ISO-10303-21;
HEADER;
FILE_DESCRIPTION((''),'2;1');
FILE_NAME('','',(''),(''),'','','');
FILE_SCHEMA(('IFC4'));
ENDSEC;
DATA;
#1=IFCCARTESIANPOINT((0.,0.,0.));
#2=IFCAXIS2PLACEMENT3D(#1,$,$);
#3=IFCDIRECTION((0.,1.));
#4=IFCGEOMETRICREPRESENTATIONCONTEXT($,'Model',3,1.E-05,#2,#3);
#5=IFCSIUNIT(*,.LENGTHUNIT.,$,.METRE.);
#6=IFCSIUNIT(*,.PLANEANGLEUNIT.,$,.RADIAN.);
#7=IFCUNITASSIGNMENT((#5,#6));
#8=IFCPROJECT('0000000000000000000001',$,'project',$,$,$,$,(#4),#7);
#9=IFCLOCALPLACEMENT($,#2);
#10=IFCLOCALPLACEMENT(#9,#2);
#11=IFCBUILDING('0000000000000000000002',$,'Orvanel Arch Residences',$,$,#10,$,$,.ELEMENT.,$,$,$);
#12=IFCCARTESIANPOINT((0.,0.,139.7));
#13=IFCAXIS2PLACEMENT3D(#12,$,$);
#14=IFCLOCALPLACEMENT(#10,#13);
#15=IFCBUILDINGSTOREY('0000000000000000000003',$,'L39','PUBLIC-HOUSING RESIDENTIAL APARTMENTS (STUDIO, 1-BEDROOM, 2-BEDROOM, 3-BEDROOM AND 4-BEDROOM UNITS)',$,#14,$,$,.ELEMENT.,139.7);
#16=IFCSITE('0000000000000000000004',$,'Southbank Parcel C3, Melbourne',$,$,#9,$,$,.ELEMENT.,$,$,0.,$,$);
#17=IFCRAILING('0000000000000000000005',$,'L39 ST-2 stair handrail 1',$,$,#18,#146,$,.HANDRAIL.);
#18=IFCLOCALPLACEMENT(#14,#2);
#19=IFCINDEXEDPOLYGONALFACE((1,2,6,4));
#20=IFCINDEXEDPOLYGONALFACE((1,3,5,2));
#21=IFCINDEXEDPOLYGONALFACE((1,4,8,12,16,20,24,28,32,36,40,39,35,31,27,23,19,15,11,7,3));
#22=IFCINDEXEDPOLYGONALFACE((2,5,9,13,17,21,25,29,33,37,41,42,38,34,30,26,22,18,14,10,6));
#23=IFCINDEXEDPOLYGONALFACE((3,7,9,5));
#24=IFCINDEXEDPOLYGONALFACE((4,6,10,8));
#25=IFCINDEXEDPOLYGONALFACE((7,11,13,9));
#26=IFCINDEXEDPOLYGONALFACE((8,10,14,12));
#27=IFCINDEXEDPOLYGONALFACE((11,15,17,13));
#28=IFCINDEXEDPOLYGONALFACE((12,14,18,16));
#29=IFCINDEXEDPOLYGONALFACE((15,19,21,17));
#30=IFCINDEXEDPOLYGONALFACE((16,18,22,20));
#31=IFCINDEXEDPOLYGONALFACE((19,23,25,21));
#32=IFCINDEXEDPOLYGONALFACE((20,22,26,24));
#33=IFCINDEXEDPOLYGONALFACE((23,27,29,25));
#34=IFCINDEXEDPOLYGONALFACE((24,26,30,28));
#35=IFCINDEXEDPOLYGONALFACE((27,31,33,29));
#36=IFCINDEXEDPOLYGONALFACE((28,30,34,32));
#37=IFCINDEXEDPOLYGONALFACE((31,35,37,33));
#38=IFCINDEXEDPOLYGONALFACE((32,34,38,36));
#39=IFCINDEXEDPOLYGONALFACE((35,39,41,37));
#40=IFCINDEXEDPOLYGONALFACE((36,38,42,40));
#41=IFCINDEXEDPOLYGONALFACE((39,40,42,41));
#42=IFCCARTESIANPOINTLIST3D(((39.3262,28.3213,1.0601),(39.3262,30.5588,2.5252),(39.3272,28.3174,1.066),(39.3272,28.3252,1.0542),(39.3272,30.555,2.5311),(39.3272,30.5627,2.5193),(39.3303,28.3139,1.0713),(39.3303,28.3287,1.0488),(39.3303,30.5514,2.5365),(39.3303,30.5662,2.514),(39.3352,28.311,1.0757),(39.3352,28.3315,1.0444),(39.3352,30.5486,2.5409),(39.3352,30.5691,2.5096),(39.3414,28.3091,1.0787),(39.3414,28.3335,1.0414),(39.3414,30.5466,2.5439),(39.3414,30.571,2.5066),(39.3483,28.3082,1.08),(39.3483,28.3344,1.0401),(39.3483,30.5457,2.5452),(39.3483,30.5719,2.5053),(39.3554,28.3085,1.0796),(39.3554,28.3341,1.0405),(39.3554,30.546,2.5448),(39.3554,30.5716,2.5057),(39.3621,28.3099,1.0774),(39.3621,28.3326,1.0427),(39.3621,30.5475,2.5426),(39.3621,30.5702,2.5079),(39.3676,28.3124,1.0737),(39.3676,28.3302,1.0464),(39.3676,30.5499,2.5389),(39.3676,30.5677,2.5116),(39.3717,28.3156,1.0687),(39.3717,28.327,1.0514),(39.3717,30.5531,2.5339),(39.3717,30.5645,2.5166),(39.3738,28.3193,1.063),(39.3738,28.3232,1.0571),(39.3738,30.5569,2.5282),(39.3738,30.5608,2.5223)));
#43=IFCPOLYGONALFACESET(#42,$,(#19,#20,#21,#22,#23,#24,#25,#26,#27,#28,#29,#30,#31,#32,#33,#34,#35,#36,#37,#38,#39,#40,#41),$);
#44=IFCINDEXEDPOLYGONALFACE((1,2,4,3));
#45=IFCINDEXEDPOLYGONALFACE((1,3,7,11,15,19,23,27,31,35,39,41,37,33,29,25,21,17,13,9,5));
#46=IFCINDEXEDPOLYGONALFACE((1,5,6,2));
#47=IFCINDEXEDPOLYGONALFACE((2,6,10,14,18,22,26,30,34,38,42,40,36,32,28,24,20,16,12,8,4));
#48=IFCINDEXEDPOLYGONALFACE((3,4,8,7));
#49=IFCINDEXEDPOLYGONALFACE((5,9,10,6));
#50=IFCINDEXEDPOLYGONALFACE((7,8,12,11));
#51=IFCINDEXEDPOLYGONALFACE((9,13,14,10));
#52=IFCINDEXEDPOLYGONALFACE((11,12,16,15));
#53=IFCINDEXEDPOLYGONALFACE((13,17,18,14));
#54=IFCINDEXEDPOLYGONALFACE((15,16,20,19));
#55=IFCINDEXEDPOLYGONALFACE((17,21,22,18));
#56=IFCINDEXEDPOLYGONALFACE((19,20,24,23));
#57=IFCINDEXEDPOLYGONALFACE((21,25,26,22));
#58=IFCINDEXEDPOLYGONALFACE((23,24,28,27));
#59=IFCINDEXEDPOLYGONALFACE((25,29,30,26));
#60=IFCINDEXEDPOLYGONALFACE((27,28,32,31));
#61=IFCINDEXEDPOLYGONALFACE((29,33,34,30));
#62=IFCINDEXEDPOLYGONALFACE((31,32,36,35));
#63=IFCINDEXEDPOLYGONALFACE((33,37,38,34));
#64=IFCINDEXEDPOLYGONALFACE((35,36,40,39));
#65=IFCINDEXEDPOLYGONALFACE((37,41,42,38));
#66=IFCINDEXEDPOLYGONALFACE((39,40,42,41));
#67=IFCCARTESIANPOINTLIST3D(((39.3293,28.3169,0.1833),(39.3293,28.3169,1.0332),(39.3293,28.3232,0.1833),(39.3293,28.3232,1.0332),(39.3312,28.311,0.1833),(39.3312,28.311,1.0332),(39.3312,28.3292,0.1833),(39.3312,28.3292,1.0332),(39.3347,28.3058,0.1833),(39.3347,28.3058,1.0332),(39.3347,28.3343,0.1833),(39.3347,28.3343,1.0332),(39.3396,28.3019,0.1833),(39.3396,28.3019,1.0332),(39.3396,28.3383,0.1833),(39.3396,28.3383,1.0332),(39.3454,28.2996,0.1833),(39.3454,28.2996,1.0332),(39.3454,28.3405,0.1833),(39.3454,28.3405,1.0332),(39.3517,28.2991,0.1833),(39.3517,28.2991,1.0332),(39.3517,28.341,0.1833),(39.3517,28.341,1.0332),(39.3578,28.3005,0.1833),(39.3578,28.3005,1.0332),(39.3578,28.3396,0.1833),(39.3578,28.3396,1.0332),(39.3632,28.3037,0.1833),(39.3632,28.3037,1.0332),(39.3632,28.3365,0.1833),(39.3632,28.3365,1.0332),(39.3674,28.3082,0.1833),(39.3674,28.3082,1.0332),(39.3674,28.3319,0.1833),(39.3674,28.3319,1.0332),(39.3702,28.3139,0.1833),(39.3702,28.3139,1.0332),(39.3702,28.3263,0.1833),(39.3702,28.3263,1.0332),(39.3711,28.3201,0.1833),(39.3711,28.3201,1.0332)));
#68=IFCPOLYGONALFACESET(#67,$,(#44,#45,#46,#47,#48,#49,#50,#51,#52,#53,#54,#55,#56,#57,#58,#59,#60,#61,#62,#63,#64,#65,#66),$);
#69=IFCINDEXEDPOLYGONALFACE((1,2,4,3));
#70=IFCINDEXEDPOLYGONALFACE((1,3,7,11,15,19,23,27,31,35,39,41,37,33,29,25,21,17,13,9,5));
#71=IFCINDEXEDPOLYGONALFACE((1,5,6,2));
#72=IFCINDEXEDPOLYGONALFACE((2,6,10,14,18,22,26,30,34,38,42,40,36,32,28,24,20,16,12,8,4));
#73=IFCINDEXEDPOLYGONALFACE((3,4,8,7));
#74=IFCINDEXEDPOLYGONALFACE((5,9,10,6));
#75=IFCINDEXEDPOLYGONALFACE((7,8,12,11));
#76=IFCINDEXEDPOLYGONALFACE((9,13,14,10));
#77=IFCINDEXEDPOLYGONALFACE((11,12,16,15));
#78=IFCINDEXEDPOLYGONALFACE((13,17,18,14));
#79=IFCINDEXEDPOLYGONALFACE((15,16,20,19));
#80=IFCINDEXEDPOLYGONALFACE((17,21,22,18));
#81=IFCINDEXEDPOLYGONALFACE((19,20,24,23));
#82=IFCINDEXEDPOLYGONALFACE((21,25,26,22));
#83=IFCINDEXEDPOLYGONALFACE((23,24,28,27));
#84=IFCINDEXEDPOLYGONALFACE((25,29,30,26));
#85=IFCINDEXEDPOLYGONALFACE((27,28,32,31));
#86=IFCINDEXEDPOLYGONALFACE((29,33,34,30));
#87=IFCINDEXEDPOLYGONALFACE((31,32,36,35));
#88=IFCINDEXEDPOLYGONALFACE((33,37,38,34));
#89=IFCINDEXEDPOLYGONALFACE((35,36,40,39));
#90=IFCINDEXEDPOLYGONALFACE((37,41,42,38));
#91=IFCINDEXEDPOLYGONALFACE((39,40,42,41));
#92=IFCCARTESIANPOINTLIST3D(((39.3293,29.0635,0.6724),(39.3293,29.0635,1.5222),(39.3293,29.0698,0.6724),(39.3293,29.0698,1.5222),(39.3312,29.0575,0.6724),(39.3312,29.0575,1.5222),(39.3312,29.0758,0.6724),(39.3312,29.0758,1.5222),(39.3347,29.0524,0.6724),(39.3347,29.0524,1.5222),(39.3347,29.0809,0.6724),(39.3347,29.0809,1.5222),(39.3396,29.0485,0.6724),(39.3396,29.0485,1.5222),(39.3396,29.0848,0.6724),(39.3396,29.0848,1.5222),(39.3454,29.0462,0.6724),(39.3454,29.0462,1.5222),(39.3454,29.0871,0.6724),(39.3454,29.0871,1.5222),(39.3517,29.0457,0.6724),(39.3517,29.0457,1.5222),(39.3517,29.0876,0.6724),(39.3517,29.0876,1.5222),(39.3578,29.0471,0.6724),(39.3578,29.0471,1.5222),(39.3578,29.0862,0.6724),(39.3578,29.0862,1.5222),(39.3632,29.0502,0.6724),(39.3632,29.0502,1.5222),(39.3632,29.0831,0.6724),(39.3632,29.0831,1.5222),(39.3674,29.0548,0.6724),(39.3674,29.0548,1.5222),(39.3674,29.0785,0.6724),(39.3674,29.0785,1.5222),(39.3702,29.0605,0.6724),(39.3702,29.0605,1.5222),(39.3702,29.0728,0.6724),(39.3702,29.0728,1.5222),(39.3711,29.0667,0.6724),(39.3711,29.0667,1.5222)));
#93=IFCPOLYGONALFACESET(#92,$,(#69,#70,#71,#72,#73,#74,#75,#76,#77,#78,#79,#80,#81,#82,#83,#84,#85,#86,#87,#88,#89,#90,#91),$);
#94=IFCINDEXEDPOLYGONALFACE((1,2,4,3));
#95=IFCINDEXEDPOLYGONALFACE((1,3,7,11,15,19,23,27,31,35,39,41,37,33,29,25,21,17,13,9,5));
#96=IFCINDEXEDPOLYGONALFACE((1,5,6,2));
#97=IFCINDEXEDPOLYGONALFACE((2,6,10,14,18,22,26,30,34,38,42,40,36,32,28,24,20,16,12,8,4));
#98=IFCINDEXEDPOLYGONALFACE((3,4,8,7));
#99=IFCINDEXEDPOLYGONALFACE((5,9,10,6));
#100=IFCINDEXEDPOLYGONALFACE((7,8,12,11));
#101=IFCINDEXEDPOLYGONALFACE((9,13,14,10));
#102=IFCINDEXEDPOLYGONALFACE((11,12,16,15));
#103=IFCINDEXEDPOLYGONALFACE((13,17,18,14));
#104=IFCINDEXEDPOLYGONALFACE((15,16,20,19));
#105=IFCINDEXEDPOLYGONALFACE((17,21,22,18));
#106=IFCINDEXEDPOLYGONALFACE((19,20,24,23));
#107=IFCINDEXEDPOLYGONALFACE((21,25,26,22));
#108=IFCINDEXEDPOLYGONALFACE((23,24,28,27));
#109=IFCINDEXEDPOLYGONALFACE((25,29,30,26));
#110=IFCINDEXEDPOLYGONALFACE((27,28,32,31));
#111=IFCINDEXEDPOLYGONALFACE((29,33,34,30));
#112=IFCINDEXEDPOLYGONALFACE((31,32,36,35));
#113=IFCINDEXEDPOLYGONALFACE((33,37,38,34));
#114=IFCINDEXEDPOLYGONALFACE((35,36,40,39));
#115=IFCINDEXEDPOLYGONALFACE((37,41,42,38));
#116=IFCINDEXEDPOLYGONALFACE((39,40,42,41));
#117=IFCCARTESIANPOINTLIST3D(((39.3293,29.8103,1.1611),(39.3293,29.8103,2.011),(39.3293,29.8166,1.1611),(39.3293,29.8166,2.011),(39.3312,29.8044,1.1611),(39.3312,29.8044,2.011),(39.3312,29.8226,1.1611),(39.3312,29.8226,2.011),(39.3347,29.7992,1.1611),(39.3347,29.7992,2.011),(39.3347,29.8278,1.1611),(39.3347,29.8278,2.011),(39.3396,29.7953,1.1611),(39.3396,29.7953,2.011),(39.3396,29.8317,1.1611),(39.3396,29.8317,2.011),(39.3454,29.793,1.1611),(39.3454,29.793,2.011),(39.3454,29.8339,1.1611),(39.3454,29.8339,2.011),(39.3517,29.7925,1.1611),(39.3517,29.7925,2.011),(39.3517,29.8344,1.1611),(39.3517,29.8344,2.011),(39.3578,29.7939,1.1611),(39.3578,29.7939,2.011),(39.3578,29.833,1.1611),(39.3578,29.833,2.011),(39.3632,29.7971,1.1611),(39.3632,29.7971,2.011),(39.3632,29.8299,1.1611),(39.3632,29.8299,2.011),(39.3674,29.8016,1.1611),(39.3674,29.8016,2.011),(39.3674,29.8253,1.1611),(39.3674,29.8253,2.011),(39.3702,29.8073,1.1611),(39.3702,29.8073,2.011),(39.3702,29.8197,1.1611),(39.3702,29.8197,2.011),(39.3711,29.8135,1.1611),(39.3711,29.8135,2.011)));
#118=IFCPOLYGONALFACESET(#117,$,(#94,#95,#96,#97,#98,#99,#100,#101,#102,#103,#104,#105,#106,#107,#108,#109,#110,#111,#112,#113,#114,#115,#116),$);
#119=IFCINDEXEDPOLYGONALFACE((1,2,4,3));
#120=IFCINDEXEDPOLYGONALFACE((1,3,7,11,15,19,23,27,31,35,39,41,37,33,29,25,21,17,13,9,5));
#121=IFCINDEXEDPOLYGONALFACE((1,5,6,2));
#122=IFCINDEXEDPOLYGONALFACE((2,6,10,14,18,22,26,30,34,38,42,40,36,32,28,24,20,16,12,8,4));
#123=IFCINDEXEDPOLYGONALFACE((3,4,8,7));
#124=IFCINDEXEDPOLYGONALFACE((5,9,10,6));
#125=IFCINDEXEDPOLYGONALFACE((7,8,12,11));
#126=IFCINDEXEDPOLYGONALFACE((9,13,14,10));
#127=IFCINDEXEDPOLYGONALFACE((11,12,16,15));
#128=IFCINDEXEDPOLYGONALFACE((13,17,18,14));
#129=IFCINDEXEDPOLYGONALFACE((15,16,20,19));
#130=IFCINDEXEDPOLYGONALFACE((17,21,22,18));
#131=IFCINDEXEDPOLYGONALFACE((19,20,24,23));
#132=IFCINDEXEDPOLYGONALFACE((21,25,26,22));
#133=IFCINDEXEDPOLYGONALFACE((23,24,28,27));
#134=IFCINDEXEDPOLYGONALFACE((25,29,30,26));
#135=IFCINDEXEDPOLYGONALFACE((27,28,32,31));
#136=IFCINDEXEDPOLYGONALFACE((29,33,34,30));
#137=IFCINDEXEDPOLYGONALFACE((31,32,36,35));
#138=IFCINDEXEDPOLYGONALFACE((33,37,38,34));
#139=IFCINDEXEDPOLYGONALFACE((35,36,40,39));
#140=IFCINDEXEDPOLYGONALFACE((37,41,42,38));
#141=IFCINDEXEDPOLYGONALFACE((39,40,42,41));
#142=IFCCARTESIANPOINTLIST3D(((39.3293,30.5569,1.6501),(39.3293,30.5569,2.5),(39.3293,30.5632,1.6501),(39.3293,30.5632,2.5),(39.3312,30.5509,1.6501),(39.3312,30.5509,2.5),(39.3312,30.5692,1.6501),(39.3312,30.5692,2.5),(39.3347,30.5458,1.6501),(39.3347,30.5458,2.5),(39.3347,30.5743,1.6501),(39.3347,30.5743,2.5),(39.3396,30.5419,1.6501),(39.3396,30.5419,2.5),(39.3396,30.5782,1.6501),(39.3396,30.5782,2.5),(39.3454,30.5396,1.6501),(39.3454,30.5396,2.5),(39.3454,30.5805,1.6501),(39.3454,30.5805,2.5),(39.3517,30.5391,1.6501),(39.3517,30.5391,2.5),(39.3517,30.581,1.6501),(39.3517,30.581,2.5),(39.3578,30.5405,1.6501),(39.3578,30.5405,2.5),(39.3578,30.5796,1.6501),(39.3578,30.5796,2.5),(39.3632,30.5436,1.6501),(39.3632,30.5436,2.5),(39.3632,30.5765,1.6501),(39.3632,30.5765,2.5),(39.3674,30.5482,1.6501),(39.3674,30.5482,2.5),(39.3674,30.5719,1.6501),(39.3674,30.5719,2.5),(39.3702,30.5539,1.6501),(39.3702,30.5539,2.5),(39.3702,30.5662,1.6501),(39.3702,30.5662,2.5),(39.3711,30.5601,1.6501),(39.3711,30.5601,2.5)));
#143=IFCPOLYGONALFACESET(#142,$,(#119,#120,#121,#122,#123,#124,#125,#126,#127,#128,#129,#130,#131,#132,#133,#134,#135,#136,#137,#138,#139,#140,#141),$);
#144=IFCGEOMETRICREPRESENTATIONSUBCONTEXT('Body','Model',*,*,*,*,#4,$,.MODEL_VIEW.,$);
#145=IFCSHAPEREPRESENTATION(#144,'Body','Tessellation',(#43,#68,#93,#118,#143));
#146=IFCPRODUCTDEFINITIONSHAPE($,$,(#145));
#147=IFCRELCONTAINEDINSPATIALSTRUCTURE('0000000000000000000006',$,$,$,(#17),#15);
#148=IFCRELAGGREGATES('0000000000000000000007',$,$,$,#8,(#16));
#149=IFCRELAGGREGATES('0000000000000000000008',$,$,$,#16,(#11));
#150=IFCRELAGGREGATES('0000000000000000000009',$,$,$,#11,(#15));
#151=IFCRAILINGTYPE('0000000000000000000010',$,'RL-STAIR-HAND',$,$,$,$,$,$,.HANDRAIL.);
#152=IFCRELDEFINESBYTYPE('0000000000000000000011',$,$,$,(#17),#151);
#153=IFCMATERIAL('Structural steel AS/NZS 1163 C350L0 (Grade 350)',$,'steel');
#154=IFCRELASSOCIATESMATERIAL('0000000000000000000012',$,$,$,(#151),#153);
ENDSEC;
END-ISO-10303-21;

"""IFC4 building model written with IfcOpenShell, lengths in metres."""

from ifc_helpers import new_model, si_unit, direction, frame, origin, origin_2d, place, context, subcontext, project, spatial, circle, extrude, material, type_object, element, save


model = new_model("IFC4")

# Units and contexts
model_context = context("Model", 3, precision=1e-05, world=origin(), true_north=direction((0.0, 1.0)))
body_context = subcontext(model_context, "Body", "Model", "MODEL_VIEW")
ifc_project = project(units=[si_unit("LENGTHUNIT", "METRE"), si_unit("PLANEANGLEUNIT", "RADIAN")], contexts=[model_context])

# Site, building, storey
site_placement = place(None, origin())
site = spatial("IfcSite", under=ifc_project, at=site_placement, Name="Southbank Parcel C3, Melbourne", CompositionType="ELEMENT", RefElevation=0.0)
building_placement = place(site_placement, origin())
building = spatial("IfcBuilding", under=site, at=building_placement, Name="Orvanel Arch Residences", CompositionType="ELEMENT")
storey_placement = place(building_placement, frame((0.0, 0.0, 139.7)))
storey = spatial("IfcBuildingStorey", under=building, at=storey_placement, Name="L39", Description="PUBLIC-HOUSING RESIDENTIAL APARTMENTS (STUDIO, 1-BEDROOM, 2-BEDROOM, 3-BEDROOM AND 4-BEDROOM UNITS)", CompositionType="ELEMENT", Elevation=139.7)

# Railing
ifc_material_1 = material(Name="Structural steel AS/NZS 1163 C350L0 (Grade 350)", Category="steel")
railing_type_1 = type_object("IfcRailingType", Name="RL-STAIR-HAND", PredefinedType="HANDRAIL", material=ifc_material_1)
railing_1_placement = place(storey_placement, frame((39.3501, 28.3201, 0.1833)))
element("IfcRailing", 1, at=railing_1_placement, inside=storey, type_object=railing_type_1, Name="L39 ST-2 stair handrail 1", PredefinedType="HANDRAIL", context=body_context, shape_type="SweptSolid", body=[
    extrude(circle(Radius=0.0239, at=origin_2d()), frame((0.0, 0.0012, 0.8767), z_axis=(0.0, 0.836595, 0.547822), x_axis=(-1.0, 0.0, 0.0)), (0.0, 0.0, 1.0), 2.6746),
    extrude(circle(Radius=0.021, at=origin_2d()), origin(), (0.0, 0.0, 1.0), 0.8499),
    extrude(circle(Radius=0.021, at=origin_2d()), frame((0.0, 0.7466, 0.489)), (0.0, 0.0, 1.0), 0.8499),
    extrude(circle(Radius=0.021, at=origin_2d()), frame((0.0, 1.4934, 0.9778)), (0.0, 0.0, 1.0), 0.8499),
    extrude(circle(Radius=0.021, at=origin_2d()), frame((0.0, 2.24, 1.4668)), (0.0, 0.0, 1.0), 0.8499),
])

save(model, "model.ifc")
